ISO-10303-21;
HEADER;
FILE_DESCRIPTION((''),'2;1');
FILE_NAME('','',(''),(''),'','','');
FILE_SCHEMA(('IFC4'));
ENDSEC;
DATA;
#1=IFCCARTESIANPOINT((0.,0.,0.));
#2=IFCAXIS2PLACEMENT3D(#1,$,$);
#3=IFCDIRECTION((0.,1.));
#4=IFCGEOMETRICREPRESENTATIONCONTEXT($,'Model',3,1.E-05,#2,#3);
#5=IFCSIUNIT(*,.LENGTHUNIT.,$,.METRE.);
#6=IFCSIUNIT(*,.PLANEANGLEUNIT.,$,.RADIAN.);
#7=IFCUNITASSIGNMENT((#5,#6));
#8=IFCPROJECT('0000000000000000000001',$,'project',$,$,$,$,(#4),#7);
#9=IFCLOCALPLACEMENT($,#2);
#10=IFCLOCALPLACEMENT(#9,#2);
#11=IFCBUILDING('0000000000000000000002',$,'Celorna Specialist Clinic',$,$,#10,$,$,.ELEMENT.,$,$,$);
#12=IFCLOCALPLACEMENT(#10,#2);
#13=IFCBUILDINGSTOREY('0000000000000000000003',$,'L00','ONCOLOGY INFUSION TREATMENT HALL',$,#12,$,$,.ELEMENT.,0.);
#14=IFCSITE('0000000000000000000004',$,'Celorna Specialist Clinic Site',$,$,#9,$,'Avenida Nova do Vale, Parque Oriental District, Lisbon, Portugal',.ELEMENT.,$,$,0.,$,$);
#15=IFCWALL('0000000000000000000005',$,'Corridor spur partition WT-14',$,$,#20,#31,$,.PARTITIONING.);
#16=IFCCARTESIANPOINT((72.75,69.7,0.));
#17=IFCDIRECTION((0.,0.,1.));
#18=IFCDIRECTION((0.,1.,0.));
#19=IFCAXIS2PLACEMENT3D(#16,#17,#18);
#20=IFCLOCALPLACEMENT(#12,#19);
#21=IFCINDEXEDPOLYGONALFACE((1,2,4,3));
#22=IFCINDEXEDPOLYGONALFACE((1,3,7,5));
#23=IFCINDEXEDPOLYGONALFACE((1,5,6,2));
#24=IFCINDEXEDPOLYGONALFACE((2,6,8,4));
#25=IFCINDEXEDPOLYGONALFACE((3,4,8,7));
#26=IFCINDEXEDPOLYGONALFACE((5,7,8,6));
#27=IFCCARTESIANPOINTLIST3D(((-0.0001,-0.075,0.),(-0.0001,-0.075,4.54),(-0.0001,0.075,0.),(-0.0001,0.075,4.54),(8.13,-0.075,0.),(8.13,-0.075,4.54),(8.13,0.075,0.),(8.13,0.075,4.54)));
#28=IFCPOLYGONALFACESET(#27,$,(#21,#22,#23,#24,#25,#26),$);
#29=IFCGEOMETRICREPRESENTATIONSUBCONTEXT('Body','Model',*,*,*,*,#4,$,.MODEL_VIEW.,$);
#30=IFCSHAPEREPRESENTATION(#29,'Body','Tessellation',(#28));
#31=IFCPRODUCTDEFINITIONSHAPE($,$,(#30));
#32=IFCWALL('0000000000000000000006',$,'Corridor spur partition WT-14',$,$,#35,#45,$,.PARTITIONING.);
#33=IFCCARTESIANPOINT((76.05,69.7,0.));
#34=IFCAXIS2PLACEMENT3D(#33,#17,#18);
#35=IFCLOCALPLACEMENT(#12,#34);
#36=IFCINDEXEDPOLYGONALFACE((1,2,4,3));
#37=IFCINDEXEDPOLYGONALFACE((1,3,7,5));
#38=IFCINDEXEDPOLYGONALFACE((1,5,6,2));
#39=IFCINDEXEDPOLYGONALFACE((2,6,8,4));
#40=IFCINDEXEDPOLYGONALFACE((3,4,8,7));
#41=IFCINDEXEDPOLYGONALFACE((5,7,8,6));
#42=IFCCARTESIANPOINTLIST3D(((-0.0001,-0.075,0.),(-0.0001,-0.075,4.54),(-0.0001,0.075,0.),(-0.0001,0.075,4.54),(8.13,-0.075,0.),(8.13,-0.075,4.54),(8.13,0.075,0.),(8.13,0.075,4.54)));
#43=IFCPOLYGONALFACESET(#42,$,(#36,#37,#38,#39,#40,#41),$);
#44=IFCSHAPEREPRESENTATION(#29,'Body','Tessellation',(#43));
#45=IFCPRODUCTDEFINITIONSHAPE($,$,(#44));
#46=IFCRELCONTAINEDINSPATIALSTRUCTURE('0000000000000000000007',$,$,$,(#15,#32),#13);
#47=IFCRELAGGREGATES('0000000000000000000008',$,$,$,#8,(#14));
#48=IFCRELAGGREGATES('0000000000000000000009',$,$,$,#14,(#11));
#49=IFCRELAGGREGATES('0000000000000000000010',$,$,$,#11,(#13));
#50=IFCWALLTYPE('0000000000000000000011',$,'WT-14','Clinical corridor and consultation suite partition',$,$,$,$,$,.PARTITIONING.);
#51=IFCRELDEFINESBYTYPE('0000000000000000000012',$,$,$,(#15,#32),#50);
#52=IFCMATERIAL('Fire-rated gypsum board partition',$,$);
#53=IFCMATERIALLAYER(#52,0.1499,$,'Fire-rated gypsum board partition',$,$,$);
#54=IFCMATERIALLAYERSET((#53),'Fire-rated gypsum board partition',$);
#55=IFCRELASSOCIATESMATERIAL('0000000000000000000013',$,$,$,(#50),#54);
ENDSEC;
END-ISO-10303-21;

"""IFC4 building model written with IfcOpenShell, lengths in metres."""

from ifc_helpers import new_model, si_unit, direction, frame, frame_2d, origin, place, context, subcontext, project, spatial, rectangle, extrude, material, layer, layer_set, type_object, element, save


model = new_model("IFC4")

# Units and contexts
model_context = context("Model", 3, precision=1e-05, world=origin(), true_north=direction((0.0, 1.0)))
body_context = subcontext(model_context, "Body", "Model", "MODEL_VIEW")
ifc_project = project(units=[si_unit("LENGTHUNIT", "METRE"), si_unit("PLANEANGLEUNIT", "RADIAN")], contexts=[model_context])

# Site, building, storey
site_placement = place(None, origin())
site = spatial("IfcSite", under=ifc_project, at=site_placement, Name="Celorna Specialist Clinic Site", LongName="Avenida Nova do Vale, Parque Oriental District, Lisbon, Portugal", CompositionType="ELEMENT", RefElevation=0.0)
building_placement = place(site_placement, origin())
building = spatial("IfcBuilding", under=site, at=building_placement, Name="Celorna Specialist Clinic", CompositionType="ELEMENT")
storey_placement = place(building_placement, origin())
storey = spatial("IfcBuildingStorey", under=building, at=storey_placement, Name="L00", Description="ONCOLOGY INFUSION TREATMENT HALL", CompositionType="ELEMENT", Elevation=0.0)

# Walls
ifc_material_1 = material(Name="Fire-rated gypsum board partition")
ifc_layer_1 = layer(ifc_material_1, 0.1499, Name="Fire-rated gypsum board partition")
ifc_layer_set_1 = layer_set([ifc_layer_1], Name="Fire-rated gypsum board partition")
wall_type_1 = type_object("IfcWallType", Name="WT-14", Description="Clinical corridor and consultation suite partition", PredefinedType="PARTITIONING", material=ifc_layer_set_1)
for number, where, z_axis, x_axis, name in (
    (1, (72.75, 69.7, 0.0), (0.0, 0.0, 1.0), (0.0, 1.0, 0.0), "Corridor spur partition WT-14"),
    (2, (76.05, 69.7, 0.0), (0.0, 0.0, 1.0), (0.0, 1.0, 0.0), "Corridor spur partition WT-14"),
):
    element("IfcWall", number, at=place(storey_placement, frame(where, z_axis=z_axis, x_axis=x_axis)), inside=storey, type_object=wall_type_1, Name=name, PredefinedType="PARTITIONING", context=body_context, shape_type="SweptSolid", body=[
        extrude(rectangle(XDim=8.1301, YDim=0.1499, at=frame_2d((4.0649, 0.0))), origin(), (0.0, 0.0, 1.0), 4.54),
    ])

save(model, "model.ifc")
